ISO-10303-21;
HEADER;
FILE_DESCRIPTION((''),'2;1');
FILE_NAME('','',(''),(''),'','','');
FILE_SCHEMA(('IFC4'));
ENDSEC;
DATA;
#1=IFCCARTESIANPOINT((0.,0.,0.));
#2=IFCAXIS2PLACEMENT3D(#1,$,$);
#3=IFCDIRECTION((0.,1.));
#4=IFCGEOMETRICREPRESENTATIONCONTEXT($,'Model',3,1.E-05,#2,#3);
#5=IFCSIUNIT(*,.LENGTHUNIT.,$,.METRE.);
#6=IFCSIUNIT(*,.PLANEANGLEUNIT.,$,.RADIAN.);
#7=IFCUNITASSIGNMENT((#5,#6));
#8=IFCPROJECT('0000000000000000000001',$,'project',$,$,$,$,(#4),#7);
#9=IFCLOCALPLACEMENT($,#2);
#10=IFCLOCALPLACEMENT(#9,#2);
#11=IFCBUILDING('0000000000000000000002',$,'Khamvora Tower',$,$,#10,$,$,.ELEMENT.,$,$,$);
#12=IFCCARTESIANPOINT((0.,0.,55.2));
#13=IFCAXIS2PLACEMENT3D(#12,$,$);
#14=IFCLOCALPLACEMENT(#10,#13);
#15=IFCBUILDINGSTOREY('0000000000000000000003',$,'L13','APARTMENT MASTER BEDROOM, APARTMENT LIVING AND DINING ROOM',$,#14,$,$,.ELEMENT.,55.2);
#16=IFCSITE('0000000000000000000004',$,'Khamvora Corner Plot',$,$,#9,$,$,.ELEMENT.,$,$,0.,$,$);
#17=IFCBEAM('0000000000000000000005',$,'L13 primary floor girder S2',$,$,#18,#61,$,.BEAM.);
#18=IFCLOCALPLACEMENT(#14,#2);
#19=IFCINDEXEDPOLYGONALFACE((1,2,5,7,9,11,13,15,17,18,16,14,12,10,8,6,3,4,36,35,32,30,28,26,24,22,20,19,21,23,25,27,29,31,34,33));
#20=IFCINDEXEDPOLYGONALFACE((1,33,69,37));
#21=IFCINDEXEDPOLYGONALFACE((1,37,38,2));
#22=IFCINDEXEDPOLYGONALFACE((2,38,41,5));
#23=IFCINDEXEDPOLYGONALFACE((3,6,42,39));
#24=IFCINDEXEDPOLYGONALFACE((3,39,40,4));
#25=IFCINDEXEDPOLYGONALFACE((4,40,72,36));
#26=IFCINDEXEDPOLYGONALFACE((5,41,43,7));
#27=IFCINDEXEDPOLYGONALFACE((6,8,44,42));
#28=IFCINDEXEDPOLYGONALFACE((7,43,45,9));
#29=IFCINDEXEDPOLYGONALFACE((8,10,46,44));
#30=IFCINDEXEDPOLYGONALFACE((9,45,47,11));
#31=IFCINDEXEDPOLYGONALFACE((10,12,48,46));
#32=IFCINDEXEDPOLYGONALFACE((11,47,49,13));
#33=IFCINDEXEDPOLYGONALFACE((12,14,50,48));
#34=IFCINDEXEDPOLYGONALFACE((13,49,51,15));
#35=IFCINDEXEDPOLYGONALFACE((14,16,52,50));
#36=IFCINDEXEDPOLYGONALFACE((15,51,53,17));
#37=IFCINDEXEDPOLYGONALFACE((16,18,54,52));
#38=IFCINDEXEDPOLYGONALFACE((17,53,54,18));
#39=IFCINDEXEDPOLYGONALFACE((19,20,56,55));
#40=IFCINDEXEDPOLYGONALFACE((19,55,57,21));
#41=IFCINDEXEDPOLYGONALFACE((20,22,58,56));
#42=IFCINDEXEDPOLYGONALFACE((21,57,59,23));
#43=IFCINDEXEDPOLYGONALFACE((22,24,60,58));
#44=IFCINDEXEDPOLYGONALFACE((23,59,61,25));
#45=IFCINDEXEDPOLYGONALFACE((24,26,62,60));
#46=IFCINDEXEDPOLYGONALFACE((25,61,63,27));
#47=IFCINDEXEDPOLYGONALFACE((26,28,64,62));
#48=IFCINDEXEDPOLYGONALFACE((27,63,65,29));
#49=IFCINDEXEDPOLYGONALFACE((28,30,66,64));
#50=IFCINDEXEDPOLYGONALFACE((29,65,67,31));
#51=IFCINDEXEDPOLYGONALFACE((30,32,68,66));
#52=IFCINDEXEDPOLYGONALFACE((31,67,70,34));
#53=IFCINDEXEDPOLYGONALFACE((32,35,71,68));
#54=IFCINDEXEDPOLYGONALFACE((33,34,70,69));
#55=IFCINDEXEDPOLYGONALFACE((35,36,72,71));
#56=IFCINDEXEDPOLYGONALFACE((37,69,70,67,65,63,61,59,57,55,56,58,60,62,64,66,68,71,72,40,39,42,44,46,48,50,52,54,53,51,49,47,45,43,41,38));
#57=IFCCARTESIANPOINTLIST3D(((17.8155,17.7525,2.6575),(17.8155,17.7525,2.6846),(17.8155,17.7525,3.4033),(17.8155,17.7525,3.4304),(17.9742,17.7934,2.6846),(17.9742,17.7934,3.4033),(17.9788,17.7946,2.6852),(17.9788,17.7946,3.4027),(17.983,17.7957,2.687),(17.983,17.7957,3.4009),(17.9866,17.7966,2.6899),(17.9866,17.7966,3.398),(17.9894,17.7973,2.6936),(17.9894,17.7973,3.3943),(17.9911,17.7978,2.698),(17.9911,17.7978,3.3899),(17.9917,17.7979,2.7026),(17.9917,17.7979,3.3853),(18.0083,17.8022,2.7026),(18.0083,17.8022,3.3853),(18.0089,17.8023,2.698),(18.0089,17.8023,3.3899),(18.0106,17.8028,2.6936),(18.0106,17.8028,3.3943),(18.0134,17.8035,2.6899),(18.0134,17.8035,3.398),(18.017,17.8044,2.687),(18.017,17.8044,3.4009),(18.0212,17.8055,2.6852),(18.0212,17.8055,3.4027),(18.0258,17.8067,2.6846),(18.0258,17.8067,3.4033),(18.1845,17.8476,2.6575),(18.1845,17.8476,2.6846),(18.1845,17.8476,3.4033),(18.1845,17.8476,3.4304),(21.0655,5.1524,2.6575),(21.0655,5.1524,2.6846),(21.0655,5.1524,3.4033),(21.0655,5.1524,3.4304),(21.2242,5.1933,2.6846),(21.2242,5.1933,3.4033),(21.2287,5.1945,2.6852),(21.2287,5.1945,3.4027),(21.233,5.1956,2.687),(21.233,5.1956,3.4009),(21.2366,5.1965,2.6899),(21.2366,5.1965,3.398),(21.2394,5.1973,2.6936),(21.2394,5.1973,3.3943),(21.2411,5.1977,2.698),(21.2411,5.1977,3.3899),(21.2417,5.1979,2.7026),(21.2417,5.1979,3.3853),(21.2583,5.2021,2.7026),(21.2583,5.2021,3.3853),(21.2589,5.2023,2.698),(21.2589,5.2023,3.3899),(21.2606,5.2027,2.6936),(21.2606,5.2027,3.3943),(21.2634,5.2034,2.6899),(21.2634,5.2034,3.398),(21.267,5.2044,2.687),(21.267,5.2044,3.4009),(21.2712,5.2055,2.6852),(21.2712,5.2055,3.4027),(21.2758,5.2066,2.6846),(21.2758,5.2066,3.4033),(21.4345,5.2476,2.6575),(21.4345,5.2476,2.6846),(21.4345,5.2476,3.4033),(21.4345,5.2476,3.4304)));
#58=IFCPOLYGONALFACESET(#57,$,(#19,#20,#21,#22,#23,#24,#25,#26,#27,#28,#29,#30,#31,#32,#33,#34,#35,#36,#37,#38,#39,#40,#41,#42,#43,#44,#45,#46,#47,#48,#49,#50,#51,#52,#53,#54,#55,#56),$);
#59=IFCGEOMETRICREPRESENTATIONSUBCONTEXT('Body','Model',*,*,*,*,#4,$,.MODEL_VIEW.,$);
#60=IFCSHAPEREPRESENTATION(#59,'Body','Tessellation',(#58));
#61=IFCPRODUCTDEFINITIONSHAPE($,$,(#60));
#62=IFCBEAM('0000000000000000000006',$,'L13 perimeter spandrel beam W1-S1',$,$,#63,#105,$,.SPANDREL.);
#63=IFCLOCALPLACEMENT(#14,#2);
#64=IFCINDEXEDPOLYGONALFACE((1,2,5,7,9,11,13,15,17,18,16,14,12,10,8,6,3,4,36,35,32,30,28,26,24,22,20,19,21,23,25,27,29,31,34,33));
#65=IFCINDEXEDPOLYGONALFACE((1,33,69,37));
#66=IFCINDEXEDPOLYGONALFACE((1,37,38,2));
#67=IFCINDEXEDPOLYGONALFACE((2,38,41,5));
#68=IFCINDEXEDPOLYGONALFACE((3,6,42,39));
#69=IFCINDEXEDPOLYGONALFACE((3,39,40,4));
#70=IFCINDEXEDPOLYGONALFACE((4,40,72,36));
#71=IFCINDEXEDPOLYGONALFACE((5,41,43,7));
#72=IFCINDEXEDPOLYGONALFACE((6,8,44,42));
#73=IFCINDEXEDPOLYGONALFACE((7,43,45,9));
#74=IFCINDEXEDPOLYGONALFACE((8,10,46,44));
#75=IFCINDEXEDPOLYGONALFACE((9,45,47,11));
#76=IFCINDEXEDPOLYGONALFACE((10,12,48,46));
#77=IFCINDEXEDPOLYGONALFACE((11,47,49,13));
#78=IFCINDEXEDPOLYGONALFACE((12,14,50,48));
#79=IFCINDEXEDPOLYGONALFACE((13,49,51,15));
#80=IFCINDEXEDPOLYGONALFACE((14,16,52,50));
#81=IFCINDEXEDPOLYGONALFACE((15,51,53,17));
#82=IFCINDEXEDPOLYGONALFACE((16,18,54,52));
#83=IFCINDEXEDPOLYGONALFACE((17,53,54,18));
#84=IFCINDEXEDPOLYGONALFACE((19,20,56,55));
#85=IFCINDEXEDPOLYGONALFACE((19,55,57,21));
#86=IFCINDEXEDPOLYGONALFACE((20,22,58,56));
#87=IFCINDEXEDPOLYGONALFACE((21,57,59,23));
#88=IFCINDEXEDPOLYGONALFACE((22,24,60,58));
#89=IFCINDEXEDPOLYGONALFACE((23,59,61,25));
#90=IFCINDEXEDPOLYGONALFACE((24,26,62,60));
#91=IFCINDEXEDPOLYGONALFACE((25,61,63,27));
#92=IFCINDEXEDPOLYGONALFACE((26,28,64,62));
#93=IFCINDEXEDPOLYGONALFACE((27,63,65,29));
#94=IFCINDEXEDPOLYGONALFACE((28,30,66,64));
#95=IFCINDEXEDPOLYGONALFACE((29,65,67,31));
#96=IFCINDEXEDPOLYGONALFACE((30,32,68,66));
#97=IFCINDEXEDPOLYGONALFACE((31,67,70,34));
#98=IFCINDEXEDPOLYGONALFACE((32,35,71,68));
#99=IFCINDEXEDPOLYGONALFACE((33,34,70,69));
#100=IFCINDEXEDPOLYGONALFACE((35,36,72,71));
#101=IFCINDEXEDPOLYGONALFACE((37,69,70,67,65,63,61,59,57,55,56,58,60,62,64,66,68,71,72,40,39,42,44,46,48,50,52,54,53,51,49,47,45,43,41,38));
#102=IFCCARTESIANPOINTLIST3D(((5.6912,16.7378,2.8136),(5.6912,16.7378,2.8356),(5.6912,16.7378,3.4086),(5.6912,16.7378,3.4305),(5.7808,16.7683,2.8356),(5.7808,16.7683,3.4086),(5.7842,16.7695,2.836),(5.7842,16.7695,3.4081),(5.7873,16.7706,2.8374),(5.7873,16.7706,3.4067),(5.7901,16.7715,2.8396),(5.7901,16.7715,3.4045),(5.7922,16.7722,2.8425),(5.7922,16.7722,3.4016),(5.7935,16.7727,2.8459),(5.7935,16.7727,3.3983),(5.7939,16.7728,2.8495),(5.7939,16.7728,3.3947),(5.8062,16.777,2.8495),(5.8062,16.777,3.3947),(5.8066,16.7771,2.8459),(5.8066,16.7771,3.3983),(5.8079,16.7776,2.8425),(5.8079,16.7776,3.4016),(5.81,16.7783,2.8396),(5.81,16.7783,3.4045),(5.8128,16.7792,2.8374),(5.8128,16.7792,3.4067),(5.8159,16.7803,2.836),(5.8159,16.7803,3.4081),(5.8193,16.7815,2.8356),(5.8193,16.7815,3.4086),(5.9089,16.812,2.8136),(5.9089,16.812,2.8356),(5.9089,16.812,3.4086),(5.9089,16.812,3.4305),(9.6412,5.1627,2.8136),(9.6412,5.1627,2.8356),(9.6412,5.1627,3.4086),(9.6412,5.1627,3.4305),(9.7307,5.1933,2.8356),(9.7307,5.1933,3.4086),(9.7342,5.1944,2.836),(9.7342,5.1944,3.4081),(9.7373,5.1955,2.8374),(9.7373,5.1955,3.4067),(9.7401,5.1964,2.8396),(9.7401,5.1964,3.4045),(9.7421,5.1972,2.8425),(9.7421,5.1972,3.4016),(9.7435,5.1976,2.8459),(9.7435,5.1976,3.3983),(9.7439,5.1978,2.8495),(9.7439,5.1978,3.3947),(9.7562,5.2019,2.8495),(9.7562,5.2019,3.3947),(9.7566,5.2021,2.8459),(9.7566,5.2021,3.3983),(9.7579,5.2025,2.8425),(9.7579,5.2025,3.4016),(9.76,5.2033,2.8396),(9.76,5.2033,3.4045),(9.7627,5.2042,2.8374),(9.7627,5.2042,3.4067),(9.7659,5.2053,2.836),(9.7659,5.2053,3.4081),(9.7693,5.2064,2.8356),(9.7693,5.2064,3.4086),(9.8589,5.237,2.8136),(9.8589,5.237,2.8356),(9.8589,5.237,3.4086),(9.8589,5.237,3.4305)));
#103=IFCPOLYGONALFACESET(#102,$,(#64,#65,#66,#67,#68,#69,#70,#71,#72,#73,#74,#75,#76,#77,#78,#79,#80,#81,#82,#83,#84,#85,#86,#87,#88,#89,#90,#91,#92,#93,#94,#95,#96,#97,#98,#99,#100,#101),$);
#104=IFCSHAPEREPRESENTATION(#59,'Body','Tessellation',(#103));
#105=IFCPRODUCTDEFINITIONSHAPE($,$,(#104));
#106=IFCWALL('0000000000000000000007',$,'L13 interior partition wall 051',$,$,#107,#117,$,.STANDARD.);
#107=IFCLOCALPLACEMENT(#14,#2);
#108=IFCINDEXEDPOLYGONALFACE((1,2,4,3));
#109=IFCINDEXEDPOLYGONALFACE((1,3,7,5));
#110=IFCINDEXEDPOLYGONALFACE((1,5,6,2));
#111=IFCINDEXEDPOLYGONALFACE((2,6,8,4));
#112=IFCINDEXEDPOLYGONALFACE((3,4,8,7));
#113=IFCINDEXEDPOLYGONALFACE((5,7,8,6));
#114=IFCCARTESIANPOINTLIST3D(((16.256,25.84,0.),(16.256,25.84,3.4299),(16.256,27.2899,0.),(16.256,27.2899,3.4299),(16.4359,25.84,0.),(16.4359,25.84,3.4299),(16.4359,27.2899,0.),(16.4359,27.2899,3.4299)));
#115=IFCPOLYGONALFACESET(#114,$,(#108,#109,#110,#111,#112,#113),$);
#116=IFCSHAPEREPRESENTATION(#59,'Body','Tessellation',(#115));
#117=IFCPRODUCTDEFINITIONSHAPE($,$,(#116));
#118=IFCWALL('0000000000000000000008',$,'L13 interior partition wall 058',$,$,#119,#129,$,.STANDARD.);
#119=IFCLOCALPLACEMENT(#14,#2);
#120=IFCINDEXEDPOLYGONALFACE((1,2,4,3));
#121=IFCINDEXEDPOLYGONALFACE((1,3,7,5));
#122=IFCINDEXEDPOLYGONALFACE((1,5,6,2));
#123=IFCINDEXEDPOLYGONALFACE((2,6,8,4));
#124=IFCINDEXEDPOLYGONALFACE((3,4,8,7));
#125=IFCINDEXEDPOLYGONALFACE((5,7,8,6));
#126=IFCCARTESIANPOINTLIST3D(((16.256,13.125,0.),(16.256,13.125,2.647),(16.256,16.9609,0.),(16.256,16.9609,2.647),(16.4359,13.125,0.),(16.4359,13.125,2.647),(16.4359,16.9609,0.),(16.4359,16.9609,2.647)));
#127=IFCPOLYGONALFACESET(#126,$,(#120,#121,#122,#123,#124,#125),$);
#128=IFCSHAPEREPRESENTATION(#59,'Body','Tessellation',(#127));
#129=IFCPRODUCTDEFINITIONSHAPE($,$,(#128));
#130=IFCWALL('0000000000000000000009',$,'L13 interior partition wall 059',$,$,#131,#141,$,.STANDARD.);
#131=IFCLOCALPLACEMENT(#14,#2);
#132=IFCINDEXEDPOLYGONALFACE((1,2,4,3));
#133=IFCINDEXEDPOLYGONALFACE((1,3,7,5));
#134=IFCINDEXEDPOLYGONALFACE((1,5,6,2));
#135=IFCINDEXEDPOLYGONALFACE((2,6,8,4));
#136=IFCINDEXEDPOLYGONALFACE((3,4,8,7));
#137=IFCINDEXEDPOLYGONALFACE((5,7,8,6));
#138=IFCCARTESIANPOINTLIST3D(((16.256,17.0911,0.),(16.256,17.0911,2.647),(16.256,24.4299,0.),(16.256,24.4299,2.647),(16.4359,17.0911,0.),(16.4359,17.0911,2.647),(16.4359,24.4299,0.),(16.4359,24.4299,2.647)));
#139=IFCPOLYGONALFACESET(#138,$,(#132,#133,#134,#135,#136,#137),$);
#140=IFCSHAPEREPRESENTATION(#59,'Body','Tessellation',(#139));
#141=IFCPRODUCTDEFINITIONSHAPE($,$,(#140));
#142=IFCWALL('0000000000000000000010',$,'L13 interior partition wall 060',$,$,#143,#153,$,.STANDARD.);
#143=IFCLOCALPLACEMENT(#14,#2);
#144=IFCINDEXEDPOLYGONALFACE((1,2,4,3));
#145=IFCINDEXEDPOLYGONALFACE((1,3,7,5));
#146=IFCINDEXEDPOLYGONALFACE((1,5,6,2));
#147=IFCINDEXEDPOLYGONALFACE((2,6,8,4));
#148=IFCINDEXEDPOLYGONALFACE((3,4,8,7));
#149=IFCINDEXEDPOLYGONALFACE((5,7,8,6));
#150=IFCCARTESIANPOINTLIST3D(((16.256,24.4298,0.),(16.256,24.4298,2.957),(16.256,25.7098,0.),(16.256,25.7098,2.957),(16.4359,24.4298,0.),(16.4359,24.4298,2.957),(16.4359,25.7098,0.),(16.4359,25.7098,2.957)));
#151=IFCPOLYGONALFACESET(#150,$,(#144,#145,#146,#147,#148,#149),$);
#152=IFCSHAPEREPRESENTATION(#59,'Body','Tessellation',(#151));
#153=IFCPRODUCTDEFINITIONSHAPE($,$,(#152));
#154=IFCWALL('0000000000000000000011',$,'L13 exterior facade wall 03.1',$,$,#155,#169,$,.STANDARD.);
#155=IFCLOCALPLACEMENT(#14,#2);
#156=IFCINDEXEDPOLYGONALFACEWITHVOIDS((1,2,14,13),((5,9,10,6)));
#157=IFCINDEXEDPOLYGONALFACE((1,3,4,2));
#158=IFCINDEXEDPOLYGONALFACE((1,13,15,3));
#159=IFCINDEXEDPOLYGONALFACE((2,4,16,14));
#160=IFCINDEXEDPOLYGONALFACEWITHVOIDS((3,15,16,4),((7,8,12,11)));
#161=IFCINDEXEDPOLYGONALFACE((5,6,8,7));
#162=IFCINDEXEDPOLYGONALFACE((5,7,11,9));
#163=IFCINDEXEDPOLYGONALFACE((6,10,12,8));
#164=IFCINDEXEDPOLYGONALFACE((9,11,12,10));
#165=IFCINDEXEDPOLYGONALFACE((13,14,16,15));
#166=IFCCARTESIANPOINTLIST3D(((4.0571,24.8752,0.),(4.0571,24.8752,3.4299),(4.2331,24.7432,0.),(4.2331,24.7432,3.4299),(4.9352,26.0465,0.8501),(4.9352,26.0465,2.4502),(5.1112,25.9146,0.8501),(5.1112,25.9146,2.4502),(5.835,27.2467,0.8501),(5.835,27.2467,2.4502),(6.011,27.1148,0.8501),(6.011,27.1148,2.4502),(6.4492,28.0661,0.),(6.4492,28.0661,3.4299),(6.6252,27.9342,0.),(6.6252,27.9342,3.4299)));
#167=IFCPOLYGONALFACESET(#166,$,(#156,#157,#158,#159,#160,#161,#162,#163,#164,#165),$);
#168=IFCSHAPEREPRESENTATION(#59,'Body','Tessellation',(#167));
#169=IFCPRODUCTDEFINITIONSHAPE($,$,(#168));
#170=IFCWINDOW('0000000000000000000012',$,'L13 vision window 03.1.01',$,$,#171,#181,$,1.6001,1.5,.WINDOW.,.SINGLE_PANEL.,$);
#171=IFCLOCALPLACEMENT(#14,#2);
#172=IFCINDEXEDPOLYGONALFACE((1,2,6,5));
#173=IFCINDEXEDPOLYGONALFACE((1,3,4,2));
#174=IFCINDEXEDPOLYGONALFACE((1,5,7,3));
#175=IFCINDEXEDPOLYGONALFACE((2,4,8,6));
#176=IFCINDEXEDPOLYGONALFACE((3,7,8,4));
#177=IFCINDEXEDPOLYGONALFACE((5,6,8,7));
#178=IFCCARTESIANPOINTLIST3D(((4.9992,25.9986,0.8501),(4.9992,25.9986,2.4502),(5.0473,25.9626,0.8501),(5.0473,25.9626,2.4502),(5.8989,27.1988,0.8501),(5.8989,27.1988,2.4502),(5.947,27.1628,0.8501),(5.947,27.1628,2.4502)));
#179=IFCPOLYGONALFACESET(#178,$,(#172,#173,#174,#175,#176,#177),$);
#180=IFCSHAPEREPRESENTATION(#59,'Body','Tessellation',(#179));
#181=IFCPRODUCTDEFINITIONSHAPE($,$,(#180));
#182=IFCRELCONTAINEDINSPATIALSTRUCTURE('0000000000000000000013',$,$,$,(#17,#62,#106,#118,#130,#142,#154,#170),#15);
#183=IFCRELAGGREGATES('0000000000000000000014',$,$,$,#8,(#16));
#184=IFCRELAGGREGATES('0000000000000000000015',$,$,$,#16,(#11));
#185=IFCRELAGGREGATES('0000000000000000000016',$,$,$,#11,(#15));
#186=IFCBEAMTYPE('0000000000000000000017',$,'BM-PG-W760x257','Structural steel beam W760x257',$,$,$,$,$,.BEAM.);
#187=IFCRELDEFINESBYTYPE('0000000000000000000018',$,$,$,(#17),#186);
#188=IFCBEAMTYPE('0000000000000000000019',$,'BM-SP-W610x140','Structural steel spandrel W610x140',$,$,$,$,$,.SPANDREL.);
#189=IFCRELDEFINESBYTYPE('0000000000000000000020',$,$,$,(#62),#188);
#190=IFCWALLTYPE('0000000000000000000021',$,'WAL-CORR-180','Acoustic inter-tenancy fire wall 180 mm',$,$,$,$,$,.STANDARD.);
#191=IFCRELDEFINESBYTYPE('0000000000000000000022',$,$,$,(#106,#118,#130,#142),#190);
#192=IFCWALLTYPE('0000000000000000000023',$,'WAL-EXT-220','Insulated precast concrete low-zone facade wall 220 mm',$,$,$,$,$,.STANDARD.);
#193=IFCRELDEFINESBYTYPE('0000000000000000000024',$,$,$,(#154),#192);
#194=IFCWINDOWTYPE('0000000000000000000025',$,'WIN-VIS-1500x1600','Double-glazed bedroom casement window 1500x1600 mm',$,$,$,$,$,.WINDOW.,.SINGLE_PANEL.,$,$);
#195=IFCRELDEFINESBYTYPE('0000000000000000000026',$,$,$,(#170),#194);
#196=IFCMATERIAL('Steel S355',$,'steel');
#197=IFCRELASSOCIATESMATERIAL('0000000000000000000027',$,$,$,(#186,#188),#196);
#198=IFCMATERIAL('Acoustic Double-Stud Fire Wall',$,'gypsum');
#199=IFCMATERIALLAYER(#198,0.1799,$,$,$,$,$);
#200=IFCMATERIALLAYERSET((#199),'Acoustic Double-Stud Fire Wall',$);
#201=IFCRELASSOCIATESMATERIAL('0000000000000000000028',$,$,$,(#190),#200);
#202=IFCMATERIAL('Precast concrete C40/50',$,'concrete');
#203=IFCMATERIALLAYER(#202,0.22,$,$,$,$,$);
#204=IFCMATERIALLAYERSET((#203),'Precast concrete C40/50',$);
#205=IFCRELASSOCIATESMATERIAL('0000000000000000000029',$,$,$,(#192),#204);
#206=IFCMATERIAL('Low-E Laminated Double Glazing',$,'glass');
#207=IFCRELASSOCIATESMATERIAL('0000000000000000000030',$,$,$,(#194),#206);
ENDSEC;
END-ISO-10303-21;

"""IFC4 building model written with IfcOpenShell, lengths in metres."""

from ifc_helpers import new_model, si_unit, direction, frame, frame_2d, origin, origin_2d, place, context, subcontext, project, spatial, rectangle, i_section, extrude, material, layer, layer_set, material_profile, profile_set, type_object, element, fill, save


model = new_model("IFC4")

# Units and contexts
model_context = context("Model", 3, precision=1e-05, world=origin(), true_north=direction((0.0, 1.0)))
body_context = subcontext(model_context, "Body", "Model", "MODEL_VIEW")
ifc_project = project(units=[si_unit("LENGTHUNIT", "METRE"), si_unit("PLANEANGLEUNIT", "RADIAN")], contexts=[model_context])

# Site, building, storey
site_placement = place(None, origin())
site = spatial("IfcSite", under=ifc_project, at=site_placement, Name="Khamvora Corner Plot", CompositionType="ELEMENT", RefElevation=0.0)
building_placement = place(site_placement, origin())
building = spatial("IfcBuilding", under=site, at=building_placement, Name="Khamvora Tower", CompositionType="ELEMENT")
storey_placement = place(building_placement, frame((0.0, 0.0, 55.2)))
storey = spatial("IfcBuildingStorey", under=building, at=storey_placement, Name="L13", Description="APARTMENT MASTER BEDROOM, APARTMENT LIVING AND DINING ROOM", CompositionType="ELEMENT", Elevation=55.2)

# Beams
ifc_material_1 = material(Name="Steel S355", Category="steel")
ifc_material_profile_1 = material_profile(ifc_material_1, i_section(OverallWidth=0.3811, OverallDepth=0.7729, WebThickness=0.0171, FlangeThickness=0.0271, FilletRadius=0.0181, at=origin_2d()), Name="W760x257")
ifc_profile_set_1 = profile_set([ifc_material_profile_1], Name="Steel S355")
beam_type_1 = type_object("IfcBeamType", Name="BM-PG-W760x257", Description="Structural steel beam W760x257", PredefinedType="BEAM", material=ifc_profile_set_1)
beam_1_placement = place(storey_placement, frame((18.0, 17.8, 3.0439), z_axis=(0.24976, -0.968308, 0.0), x_axis=(0.968308, 0.24976, 0.0)))
element("IfcBeam", 1, at=beam_1_placement, inside=storey, type_object=beam_type_1, Name="L13 primary floor girder S2", PredefinedType="BEAM", context=body_context, shape_type="SweptSolid", body=[
    extrude(i_section(OverallWidth=0.3811, OverallDepth=0.7729, WebThickness=0.0171, FlangeThickness=0.0271, FilletRadius=0.0181, at=origin_2d()), origin(), (0.0, 0.0, 1.0), 13.0125),
])
ifc_material_profile_2 = material_profile(ifc_material_1, i_section(OverallWidth=0.23, OverallDepth=0.6169, WebThickness=0.0129, FlangeThickness=0.022, FilletRadius=0.0139, at=origin_2d()), Name="W610x140")
ifc_profile_set_2 = profile_set([ifc_material_profile_2], Name="Steel S355")
beam_type_2 = type_object("IfcBeamType", Name="BM-SP-W610x140", Description="Structural steel spandrel W610x140", PredefinedType="SPANDREL", material=ifc_profile_set_2)
beam_2_placement = place(storey_placement, frame((5.8, 16.7749, 3.1221), z_axis=(0.322963, -0.946412, 0.0), x_axis=(0.946412, 0.322963, 0.0)))
element("IfcBeam", 2, at=beam_2_placement, inside=storey, type_object=beam_type_2, Name="L13 perimeter spandrel beam W1-S1", PredefinedType="SPANDREL", context=body_context, shape_type="SweptSolid", body=[
    extrude(i_section(OverallWidth=0.23, OverallDepth=0.6169, WebThickness=0.0129, FlangeThickness=0.022, FilletRadius=0.0139, at=origin_2d()), origin(), (0.0, 0.0, 1.0), 12.2305),
])

# Walls
ifc_material_2 = material(Name="Acoustic Double-Stud Fire Wall", Category="gypsum")
ifc_layer_1 = layer(ifc_material_2, 0.1799)
ifc_layer_set_1 = layer_set([ifc_layer_1], Name="Acoustic Double-Stud Fire Wall")
wall_type_1 = type_object("IfcWallType", Name="WAL-CORR-180", Description="Acoustic inter-tenancy fire wall 180 mm", PredefinedType="STANDARD", material=ifc_layer_set_1)
wall_1_placement = place(storey_placement, frame((16.3459, 27.29, 0.0), z_axis=(0.0, 0.0, 1.0), x_axis=(0.0, -1.0, 0.0)))
element("IfcWall", 3, at=wall_1_placement, inside=storey, type_object=wall_type_1, Name="L13 interior partition wall 051", PredefinedType="STANDARD", context=body_context, shape_type="SweptSolid", body=[
    extrude(rectangle(XDim=1.45, YDim=0.1799, at=frame_2d((0.7251, 0.0))), origin(), (0.0, 0.0, 1.0), 3.4299),
])
wall_2_placement = place(storey_placement, frame((16.3459, 16.9609, 0.0), z_axis=(0.0, 0.0, 1.0), x_axis=(0.0, -1.0, 0.0)))
element("IfcWall", 4, at=wall_2_placement, inside=storey, type_object=wall_type_1, Name="L13 interior partition wall 058", PredefinedType="STANDARD", context=body_context, shape_type="SweptSolid", body=[
    extrude(rectangle(XDim=3.8359, YDim=0.1799, at=frame_2d((1.918, 0.0))), origin(), (0.0, 0.0, 1.0), 2.647),
])
wall_3_placement = place(storey_placement, frame((16.3459, 24.4299, 0.0), z_axis=(0.0, 0.0, 1.0), x_axis=(0.0, -1.0, 0.0)))
element("IfcWall", 5, at=wall_3_placement, inside=storey, type_object=wall_type_1, Name="L13 interior partition wall 059", PredefinedType="STANDARD", context=body_context, shape_type="SweptSolid", body=[
    extrude(rectangle(XDim=7.3389, YDim=0.1799, at=frame_2d((3.6694, 0.0))), origin(), (0.0, 0.0, 1.0), 2.647),
])
wall_4_placement = place(storey_placement, frame((16.3459, 25.71, 0.0), z_axis=(0.0, 0.0, 1.0), x_axis=(0.0, -1.0, 0.0)))
element("IfcWall", 6, at=wall_4_placement, inside=storey, type_object=wall_type_1, Name="L13 interior partition wall 060", PredefinedType="STANDARD", context=body_context, shape_type="SweptSolid", body=[
    extrude(rectangle(XDim=1.28, YDim=0.1799, at=frame_2d((0.6401, 0.0))), origin(), (0.0, 0.0, 1.0), 2.957),
])

# Wall, opening, window
ifc_material_3 = material(Name="Precast concrete C40/50", Category="concrete")
ifc_layer_2 = layer(ifc_material_3, 0.22)
ifc_layer_set_2 = layer_set([ifc_layer_2], Name="Precast concrete C40/50")
wall_type_2 = type_object("IfcWallType", Name="WAL-EXT-220", Description="Insulated precast concrete low-zone facade wall 220 mm", PredefinedType="STANDARD", material=ifc_layer_set_2)
wall_5_placement = place(storey_placement, frame((4.145, 24.8091, 0.0), z_axis=(0.0, 0.0, 1.0), x_axis=(0.599824, 0.800132, 0.0)))
wall_5 = element("IfcWall", 7, at=wall_5_placement, inside=storey, type_object=wall_type_2, Name="L13 exterior facade wall 03.1", PredefinedType="STANDARD", context=body_context, shape_type="SweptSolid", body=[
    extrude(rectangle(XDim=3.988, YDim=0.22, at=frame_2d((1.9941, 0.0))), origin(), (0.0, 0.0, 1.0), 3.4299),
])
opening_1_placement = place(wall_5_placement, frame((1.4641, 0.0, 0.8501)))
opening_1 = element("IfcOpeningElement", 8, at=opening_1_placement, cuts=wall_5, PredefinedType="OPENING", context=body_context, shape_type="SweptSolid", body=[
    extrude(rectangle(XDim=1.5, YDim=1.6001, at=frame_2d((0.75, 0.8))), frame((0.0, 0.1199, 0.0), z_axis=(0.0, -1.0, 0.0), x_axis=(1.0, 0.0, 0.0)), (0.0, 0.0, 1.0), 0.24),
])
ifc_material_4 = material(Name="Low-E Laminated Double Glazing", Category="glass")
window_type = type_object("IfcWindowType", Name="WIN-VIS-1500x1600", Description="Double-glazed bedroom casement window 1500x1600 mm", PartitioningType="SINGLE_PANEL", PredefinedType="WINDOW", material=ifc_material_4)
window_placement = place(opening_1_placement, origin())
window = element("IfcWindow", 9, at=window_placement, inside=storey, type_object=window_type, Name="L13 vision window 03.1.01", OverallHeight=1.6001, OverallWidth=1.5, PartitioningType="SINGLE_PANEL", PredefinedType="WINDOW", context=body_context, shape_type="SweptSolid", body=[
    extrude(rectangle(XDim=1.5, YDim=1.6001, at=frame_2d((0.75, 0.8))), frame((0.0, 0.03, 0.0), z_axis=(0.0, -1.0, 0.0), x_axis=(1.0, 0.0, 0.0)), (0.0, 0.0, 1.0), 0.0601),
])
fill(opening_1, window)

save(model, "model.ifc")
